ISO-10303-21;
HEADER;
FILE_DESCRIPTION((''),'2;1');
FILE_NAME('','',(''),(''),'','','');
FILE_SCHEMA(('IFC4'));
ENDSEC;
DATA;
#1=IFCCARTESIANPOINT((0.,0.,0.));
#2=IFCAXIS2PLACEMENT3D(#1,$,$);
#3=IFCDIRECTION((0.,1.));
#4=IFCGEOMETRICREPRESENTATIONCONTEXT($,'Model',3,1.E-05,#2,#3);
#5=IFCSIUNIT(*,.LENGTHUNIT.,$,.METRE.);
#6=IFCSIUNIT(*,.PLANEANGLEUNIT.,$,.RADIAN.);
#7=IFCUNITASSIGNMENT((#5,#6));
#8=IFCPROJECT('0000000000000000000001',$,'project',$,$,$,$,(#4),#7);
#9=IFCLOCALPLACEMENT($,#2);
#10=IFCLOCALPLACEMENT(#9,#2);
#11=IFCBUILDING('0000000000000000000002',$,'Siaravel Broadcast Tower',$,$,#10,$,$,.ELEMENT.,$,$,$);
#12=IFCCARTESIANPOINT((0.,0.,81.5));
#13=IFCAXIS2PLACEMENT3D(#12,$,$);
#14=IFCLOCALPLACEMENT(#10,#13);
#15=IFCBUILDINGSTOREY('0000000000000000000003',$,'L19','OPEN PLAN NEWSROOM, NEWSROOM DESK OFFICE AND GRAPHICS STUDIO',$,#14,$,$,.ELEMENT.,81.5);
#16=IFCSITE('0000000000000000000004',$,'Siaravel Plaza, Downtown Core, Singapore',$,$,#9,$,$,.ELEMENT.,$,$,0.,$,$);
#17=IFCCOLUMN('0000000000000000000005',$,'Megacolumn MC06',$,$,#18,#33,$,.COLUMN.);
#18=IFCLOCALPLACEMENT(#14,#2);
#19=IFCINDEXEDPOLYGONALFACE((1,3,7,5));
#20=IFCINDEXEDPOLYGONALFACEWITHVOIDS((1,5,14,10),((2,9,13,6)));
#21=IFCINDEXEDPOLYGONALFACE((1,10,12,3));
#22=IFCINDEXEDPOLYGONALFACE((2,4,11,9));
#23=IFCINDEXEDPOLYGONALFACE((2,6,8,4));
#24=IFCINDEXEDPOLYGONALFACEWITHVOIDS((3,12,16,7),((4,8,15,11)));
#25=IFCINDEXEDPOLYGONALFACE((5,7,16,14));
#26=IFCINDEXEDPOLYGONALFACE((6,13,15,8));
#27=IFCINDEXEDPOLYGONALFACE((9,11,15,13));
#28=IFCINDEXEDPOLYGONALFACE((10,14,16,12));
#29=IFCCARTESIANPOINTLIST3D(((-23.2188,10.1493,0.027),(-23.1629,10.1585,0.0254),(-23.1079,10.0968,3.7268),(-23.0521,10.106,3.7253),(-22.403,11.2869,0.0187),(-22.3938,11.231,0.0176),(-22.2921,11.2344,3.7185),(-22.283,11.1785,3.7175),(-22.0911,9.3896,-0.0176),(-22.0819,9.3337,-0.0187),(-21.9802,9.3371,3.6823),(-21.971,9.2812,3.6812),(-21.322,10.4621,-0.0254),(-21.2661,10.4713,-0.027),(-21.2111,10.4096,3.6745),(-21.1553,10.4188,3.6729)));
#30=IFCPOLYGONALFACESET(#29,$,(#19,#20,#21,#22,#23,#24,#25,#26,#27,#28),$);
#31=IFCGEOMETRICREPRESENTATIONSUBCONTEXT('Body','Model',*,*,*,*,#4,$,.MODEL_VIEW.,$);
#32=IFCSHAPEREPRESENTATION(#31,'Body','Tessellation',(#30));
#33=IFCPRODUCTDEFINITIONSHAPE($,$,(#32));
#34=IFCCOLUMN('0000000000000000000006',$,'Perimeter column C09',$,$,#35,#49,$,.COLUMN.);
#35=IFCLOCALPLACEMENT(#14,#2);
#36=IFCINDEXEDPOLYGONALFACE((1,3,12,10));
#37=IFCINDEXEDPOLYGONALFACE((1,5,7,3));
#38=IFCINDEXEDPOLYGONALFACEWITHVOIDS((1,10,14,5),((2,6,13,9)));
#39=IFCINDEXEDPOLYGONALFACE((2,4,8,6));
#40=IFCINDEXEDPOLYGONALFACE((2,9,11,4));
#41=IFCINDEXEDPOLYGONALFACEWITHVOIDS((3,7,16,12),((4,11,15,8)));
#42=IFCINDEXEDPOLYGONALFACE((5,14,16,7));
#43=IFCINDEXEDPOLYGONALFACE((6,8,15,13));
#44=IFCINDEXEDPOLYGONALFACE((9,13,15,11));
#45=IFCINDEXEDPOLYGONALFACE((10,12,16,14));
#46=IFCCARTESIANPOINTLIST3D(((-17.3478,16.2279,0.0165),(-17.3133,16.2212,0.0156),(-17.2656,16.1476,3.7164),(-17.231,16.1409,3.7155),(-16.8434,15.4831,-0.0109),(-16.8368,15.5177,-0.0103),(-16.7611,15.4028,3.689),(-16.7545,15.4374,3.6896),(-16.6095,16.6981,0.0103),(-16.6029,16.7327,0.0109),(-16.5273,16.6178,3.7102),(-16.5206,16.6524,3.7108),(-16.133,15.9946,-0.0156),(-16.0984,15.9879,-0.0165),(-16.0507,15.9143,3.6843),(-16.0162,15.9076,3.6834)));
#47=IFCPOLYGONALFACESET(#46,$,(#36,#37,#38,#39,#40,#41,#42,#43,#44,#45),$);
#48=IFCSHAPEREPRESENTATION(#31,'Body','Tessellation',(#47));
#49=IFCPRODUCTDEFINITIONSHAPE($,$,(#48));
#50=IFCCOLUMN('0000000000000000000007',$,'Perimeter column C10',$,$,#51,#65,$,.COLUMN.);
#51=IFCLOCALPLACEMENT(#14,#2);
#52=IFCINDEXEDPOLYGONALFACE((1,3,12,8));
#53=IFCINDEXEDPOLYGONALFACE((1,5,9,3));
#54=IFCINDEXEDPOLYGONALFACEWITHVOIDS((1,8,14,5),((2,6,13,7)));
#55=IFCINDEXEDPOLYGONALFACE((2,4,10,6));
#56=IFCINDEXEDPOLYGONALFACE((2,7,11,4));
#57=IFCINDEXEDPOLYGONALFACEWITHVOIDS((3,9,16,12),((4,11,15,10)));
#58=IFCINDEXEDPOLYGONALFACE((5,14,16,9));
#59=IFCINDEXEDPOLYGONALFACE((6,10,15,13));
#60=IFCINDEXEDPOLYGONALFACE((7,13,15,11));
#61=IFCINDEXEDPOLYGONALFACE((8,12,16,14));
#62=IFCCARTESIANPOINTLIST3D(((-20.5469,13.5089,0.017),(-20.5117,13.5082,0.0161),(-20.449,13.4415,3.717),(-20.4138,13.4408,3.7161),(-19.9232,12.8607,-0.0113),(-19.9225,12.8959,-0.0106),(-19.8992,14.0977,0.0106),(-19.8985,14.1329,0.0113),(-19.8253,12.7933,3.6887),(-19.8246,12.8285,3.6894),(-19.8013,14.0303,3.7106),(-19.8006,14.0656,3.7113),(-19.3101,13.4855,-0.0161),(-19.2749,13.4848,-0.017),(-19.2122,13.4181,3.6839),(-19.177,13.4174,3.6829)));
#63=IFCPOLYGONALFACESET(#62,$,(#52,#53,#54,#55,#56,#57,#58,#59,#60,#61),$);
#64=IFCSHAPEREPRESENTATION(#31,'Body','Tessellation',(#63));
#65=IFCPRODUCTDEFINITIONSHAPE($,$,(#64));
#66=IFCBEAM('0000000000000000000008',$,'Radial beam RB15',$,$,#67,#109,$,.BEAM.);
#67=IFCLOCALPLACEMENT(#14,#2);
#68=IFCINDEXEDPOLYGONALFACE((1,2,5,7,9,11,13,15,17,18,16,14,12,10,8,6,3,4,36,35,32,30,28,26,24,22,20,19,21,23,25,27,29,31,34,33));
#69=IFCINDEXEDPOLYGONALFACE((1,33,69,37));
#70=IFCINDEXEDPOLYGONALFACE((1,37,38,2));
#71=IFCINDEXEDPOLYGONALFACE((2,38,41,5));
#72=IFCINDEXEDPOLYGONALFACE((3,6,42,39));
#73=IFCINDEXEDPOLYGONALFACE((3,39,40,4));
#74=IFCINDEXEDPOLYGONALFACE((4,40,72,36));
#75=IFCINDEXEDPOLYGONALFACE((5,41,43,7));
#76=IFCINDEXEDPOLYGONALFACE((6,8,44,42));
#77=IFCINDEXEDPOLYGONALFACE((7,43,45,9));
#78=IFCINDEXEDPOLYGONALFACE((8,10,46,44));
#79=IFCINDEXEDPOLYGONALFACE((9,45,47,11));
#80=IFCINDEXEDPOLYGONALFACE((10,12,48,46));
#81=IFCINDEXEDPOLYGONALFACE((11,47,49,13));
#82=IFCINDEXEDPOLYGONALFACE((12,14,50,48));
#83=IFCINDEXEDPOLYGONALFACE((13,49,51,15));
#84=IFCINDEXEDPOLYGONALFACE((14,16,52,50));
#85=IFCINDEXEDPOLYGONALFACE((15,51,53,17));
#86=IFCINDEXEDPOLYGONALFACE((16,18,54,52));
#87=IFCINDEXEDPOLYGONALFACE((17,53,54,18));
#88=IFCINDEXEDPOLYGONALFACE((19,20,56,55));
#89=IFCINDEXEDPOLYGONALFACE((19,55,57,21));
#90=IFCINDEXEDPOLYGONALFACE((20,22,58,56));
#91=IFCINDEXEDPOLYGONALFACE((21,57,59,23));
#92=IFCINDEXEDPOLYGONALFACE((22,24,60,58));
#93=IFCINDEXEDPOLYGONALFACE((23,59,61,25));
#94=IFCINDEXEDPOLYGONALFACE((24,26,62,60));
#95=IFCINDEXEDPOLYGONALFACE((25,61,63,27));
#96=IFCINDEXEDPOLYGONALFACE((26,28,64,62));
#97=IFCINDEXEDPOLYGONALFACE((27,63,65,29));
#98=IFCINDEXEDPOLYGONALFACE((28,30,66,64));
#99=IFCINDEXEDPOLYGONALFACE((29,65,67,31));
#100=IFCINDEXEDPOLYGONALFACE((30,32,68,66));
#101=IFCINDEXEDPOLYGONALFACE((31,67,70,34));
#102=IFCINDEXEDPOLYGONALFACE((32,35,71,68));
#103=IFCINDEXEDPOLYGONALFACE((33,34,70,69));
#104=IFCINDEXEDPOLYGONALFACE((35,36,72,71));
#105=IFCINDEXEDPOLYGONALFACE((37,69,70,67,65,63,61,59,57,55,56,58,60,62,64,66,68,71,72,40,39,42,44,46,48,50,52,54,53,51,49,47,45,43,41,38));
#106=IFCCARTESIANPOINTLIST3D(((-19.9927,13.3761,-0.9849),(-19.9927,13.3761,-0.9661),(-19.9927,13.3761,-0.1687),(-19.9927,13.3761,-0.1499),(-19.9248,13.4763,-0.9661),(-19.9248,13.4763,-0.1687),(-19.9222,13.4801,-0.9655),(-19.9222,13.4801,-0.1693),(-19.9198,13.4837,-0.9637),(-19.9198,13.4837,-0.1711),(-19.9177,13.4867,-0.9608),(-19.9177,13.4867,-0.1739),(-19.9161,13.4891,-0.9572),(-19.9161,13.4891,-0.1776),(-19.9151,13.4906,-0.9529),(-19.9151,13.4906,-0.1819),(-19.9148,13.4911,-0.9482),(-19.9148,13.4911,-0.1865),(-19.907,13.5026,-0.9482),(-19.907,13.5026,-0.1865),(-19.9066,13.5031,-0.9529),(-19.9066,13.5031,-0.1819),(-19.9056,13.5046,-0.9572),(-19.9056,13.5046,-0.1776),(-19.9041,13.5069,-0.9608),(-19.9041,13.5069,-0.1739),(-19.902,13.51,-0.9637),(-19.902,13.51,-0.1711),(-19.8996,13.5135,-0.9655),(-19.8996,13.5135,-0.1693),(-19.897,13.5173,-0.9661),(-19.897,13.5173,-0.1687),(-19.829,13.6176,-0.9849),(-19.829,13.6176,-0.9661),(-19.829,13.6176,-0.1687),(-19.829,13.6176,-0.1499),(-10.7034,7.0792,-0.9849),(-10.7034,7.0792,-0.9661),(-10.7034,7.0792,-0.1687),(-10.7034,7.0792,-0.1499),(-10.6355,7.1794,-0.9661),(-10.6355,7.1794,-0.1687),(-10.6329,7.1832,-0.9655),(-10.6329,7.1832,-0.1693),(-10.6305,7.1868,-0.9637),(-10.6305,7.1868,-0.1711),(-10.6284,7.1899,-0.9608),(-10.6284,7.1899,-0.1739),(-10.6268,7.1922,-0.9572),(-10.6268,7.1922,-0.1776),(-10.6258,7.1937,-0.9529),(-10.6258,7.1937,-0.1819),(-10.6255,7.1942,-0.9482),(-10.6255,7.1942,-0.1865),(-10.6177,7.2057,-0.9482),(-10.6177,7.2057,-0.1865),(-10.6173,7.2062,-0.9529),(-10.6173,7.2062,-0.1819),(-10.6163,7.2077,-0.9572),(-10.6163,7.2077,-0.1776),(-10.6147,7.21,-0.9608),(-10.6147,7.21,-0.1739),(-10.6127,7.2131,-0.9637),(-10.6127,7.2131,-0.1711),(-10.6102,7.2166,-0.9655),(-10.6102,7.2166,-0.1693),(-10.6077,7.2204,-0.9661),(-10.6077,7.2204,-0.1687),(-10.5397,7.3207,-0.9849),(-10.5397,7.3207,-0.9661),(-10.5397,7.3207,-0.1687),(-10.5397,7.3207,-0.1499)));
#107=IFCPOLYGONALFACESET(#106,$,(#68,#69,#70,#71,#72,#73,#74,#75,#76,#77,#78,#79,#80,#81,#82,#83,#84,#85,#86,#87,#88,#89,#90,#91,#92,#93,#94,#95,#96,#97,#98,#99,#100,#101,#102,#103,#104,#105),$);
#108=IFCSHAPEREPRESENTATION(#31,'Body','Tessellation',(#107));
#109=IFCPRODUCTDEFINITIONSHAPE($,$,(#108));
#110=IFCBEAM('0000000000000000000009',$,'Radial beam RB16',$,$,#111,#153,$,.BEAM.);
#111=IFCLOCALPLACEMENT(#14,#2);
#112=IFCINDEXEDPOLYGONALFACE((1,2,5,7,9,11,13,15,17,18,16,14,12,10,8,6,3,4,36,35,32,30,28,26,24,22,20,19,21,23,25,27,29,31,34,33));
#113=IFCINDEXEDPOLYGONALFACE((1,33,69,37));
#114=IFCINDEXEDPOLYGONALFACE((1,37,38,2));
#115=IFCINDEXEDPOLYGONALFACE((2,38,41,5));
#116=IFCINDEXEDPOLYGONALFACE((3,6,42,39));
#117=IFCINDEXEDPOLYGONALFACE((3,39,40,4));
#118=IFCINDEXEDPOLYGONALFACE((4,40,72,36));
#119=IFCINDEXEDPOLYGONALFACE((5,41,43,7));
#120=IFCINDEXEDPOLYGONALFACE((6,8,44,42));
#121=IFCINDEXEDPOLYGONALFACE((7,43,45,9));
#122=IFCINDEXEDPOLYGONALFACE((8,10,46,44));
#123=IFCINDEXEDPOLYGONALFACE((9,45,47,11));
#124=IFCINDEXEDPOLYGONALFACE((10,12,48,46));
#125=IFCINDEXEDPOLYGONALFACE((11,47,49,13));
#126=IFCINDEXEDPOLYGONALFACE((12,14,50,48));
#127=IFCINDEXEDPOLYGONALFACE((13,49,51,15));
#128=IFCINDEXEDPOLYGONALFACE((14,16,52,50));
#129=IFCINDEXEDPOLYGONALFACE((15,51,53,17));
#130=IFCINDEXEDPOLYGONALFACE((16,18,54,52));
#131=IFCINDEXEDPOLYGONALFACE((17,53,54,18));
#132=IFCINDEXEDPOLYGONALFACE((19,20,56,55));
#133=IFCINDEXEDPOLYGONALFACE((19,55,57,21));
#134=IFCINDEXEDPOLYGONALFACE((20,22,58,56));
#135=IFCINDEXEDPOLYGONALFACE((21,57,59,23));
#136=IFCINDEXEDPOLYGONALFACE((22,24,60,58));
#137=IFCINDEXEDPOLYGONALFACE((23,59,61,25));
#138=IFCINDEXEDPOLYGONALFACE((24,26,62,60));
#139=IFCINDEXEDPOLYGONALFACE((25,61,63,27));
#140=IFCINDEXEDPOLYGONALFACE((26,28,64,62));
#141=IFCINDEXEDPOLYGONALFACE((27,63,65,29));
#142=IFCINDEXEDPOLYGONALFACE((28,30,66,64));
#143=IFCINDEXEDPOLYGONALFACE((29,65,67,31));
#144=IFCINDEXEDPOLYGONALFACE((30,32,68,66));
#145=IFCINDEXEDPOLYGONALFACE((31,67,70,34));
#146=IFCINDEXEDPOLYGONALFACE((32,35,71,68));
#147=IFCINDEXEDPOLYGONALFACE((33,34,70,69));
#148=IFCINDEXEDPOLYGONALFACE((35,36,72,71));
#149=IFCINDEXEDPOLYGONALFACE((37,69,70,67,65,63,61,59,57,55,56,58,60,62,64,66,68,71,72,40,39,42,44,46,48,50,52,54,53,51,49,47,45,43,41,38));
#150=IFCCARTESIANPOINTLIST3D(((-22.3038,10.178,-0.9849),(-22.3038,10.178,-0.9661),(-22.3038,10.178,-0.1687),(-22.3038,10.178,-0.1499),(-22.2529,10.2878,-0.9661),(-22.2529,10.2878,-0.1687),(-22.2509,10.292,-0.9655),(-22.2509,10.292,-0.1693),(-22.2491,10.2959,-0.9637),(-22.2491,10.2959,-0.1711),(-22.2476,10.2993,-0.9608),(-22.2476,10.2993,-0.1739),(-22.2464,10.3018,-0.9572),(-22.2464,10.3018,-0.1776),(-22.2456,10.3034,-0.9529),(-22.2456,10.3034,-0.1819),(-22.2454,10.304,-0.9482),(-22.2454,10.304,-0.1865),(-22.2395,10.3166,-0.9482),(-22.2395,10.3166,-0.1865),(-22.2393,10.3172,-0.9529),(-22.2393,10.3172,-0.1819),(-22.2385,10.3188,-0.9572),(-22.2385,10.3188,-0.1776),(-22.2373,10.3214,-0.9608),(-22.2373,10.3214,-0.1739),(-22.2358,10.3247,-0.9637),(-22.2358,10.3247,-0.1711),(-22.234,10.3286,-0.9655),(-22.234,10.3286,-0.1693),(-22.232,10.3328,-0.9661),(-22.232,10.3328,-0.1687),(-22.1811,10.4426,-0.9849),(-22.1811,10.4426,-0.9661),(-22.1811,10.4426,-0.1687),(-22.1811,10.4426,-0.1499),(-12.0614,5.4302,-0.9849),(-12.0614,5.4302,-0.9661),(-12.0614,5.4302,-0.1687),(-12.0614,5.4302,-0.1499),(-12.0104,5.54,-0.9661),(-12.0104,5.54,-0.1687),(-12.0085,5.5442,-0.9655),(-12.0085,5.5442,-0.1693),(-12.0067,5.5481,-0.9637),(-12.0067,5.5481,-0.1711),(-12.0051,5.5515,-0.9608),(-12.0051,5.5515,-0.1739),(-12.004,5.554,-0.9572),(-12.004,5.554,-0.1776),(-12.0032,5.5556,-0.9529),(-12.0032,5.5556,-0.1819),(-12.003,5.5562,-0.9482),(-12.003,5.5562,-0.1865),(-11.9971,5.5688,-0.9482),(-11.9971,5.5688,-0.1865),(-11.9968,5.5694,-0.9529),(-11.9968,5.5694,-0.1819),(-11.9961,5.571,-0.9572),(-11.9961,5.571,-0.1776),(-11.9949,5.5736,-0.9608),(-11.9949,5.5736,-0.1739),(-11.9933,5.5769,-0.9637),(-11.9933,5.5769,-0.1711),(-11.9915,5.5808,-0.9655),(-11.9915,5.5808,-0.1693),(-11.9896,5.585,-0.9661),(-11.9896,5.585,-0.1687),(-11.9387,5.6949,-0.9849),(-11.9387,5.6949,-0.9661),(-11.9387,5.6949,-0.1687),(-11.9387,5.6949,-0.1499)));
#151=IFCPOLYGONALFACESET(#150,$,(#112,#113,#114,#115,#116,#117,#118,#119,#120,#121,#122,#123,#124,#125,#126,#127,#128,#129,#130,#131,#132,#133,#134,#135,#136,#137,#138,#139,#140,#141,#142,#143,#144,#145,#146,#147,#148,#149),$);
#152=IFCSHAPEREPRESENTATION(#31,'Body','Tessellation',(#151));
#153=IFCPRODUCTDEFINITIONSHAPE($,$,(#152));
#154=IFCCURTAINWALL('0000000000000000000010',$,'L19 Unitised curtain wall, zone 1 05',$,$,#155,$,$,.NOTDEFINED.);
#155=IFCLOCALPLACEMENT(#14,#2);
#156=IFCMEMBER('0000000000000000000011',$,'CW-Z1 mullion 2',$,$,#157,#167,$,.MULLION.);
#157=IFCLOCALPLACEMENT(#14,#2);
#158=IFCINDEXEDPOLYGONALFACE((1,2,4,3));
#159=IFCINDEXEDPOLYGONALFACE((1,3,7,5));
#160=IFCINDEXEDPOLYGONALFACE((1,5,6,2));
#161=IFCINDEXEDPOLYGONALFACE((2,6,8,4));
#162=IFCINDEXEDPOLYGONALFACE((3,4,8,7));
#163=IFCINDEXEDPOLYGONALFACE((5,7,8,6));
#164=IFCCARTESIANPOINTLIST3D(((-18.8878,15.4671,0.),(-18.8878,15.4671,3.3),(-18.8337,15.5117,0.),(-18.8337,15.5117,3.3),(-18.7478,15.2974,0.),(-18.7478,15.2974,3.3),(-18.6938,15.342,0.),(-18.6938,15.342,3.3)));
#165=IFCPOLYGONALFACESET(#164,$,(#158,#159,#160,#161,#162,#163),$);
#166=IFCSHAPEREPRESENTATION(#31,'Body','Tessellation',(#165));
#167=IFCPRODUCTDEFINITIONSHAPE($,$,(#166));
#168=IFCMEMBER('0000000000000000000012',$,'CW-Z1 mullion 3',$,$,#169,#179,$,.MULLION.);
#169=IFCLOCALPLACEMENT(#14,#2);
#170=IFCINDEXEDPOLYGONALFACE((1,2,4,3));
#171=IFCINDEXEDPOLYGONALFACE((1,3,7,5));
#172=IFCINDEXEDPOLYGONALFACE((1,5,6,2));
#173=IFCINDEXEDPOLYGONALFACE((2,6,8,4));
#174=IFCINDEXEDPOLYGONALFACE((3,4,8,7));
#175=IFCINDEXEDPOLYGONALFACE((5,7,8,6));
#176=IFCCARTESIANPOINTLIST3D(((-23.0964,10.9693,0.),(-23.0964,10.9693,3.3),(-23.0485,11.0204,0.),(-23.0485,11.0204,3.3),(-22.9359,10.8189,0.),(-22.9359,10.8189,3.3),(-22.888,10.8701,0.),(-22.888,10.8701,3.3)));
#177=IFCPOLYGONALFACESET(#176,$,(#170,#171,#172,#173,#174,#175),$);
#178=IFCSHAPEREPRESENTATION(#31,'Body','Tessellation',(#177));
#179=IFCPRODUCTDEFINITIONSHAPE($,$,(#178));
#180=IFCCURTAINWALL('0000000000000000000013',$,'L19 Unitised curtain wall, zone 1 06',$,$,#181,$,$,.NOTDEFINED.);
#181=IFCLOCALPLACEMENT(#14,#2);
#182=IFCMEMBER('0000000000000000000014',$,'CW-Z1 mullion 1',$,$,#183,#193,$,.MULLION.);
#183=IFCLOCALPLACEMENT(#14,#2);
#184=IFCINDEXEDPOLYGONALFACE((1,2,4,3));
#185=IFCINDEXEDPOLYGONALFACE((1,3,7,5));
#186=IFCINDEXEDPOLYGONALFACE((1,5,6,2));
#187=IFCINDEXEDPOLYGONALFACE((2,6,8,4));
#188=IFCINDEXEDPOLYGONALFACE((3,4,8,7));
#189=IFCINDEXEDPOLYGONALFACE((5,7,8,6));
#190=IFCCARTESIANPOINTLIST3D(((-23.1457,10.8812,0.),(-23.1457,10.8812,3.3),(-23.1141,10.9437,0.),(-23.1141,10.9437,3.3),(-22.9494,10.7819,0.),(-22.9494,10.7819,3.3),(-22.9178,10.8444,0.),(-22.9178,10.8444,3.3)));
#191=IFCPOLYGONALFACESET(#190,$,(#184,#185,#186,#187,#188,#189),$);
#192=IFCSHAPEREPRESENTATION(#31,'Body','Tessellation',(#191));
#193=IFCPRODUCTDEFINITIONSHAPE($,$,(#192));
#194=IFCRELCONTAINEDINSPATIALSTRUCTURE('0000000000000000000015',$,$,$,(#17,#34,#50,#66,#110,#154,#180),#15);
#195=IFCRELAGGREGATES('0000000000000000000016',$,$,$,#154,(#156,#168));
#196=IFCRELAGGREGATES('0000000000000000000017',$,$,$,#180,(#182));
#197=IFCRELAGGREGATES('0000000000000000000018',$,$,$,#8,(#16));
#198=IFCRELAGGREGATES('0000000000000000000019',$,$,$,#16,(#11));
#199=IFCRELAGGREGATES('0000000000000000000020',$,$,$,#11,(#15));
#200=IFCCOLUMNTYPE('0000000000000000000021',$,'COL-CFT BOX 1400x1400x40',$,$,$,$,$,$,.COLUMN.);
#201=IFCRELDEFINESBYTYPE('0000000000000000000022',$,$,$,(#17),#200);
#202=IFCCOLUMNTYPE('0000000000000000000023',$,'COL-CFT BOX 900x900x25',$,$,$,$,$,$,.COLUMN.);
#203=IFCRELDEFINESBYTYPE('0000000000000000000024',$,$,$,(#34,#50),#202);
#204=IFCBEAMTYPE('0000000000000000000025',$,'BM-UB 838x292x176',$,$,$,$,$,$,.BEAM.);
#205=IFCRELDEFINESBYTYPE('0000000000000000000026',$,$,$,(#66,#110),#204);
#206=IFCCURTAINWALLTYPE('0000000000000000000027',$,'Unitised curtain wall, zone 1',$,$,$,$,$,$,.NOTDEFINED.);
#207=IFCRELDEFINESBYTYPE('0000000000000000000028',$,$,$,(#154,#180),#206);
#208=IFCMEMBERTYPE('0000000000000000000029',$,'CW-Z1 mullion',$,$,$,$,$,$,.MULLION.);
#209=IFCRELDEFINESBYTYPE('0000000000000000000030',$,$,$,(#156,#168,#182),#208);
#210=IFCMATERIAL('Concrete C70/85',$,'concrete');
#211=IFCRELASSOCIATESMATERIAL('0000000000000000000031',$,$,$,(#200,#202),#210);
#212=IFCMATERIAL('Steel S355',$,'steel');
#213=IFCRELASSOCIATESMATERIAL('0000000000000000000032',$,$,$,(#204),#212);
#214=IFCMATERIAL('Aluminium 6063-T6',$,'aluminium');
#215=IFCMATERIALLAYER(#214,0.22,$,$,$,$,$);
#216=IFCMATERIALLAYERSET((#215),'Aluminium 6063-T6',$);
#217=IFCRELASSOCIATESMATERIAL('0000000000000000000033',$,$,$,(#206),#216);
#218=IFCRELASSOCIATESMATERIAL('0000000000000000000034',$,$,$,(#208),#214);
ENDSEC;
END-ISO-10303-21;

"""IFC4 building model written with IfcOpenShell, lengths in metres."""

from ifc_helpers import new_model, si_unit, direction, frame, origin, origin_2d, place, context, subcontext, project, spatial, rectangle, hollow_rectangle, i_section, extrude, material, layer, layer_set, material_profile, profile_set, type_object, element, aggregate, save


model = new_model("IFC4")

# Units and contexts
model_context = context("Model", 3, precision=1e-05, world=origin(), true_north=direction((0.0, 1.0)))
body_context = subcontext(model_context, "Body", "Model", "MODEL_VIEW")
ifc_project = project(units=[si_unit("LENGTHUNIT", "METRE"), si_unit("PLANEANGLEUNIT", "RADIAN")], contexts=[model_context])

# Site, building, storey
site_placement = place(None, origin())
site = spatial("IfcSite", under=ifc_project, at=site_placement, Name="Siaravel Plaza, Downtown Core, Singapore", CompositionType="ELEMENT", RefElevation=0.0)
building_placement = place(site_placement, origin())
building = spatial("IfcBuilding", under=site, at=building_placement, Name="Siaravel Broadcast Tower", CompositionType="ELEMENT")
storey_placement = place(building_placement, frame((0.0, 0.0, 81.5)))
storey = spatial("IfcBuildingStorey", under=building, at=storey_placement, Name="L19", Description="OPEN PLAN NEWSROOM, NEWSROOM DESK OFFICE AND GRAPHICS STUDIO", CompositionType="ELEMENT", Elevation=81.5)

# Columns
ifc_material_1 = material(Name="Concrete C70/85", Category="concrete")
ifc_material_profile_1 = material_profile(ifc_material_1, hollow_rectangle(XDim=1.3999, YDim=1.3999, WallThickness=0.04, at=origin_2d()))
ifc_profile_set_1 = profile_set([ifc_material_profile_1], Name="Concrete C70/85")
column_type_1 = type_object("IfcColumnType", Name="COL-CFT BOX 1400x1400x40", PredefinedType="COLUMN", material=ifc_profile_set_1)
column_1_placement = place(storey_placement, frame((-22.2424, 10.3103, 0.0), z_axis=(0.029941, -0.014179, 0.999451), x_axis=(0.58274, 0.812637, -0.005929)))
element("IfcColumn", 1, at=column_1_placement, inside=storey, type_object=column_type_1, Name="Megacolumn MC06", PredefinedType="COLUMN", context=body_context, shape_type="SweptSolid", body=[
    extrude(hollow_rectangle(XDim=1.3999, YDim=1.3999, WallThickness=0.04, at=origin_2d()), origin(), (0.0, 0.0, 1.0), 3.7019),
])
ifc_material_profile_2 = material_profile(ifc_material_1, hollow_rectangle(XDim=0.8999, YDim=0.8999, WallThickness=0.0249, at=origin_2d()))
ifc_profile_set_2 = profile_set([ifc_material_profile_2], Name="Concrete C70/85")
column_type_2 = type_object("IfcColumnType", Name="COL-CFT BOX 900x900x25", PredefinedType="COLUMN", material=ifc_profile_set_2)
column_2_placement = place(storey_placement, frame((-16.7231, 16.1079, 0.0), z_axis=(0.022226, -0.021699, 0.999517), x_axis=(0.827832, 0.560941, -0.006231)))
element("IfcColumn", 2, at=column_2_placement, inside=storey, type_object=column_type_2, Name="Perimeter column C09", PredefinedType="COLUMN", context=body_context, shape_type="SweptSolid", body=[
    extrude(hollow_rectangle(XDim=0.8999, YDim=0.8999, WallThickness=0.0249, at=origin_2d()), origin(), (0.0, 0.0, 1.0), 3.7017),
])
column_3_placement = place(storey_placement, frame((-19.9109, 13.4968, 0.0), z_axis=(0.026446, -0.018202, 0.999484), x_axis=(0.72044, 0.693488, -0.006433)))
element("IfcColumn", 3, at=column_3_placement, inside=storey, type_object=column_type_2, Name="Perimeter column C10", PredefinedType="COLUMN", context=body_context, shape_type="SweptSolid", body=[
    extrude(hollow_rectangle(XDim=0.8999, YDim=0.8999, WallThickness=0.0249, at=origin_2d()), origin(), (0.0, 0.0, 1.0), 3.7019),
])

# Beams
ifc_material_2 = material(Name="Steel S355", Category="steel")
ifc_material_profile_3 = material_profile(ifc_material_2, i_section(OverallWidth=0.2917, OverallDepth=0.835, WebThickness=0.0139, FlangeThickness=0.0188, FilletRadius=0.0178, at=origin_2d()))
ifc_profile_set_3 = profile_set([ifc_material_profile_3], Name="Steel S355")
beam_type = type_object("IfcBeamType", Name="BM-UB 838x292x176", PredefinedType="BEAM", material=ifc_profile_set_3)
beam_1_placement = place(storey_placement, frame((-19.9109, 13.4968, -0.5674), z_axis=(0.827748, -0.5611, 0.0), x_axis=(0.5611, 0.827748, 0.0)))
element("IfcBeam", 4, at=beam_1_placement, inside=storey, type_object=beam_type, Name="Radial beam RB15", PredefinedType="BEAM", context=body_context, shape_type="SweptSolid", body=[
    extrude(i_section(OverallWidth=0.2917, OverallDepth=0.835, WebThickness=0.0139, FlangeThickness=0.0188, FilletRadius=0.0178, at=origin_2d()), origin(), (0.0, 0.0, 1.0), 11.2224),
])
beam_2_placement = place(storey_placement, frame((-22.2424, 10.3103, -0.5674), z_axis=(0.907266, -0.420557, 0.0), x_axis=(0.420557, 0.907266, 0.0)))
element("IfcBeam", 5, at=beam_2_placement, inside=storey, type_object=beam_type, Name="Radial beam RB16", PredefinedType="BEAM", context=body_context, shape_type="SweptSolid", body=[
    extrude(i_section(OverallWidth=0.2917, OverallDepth=0.835, WebThickness=0.0139, FlangeThickness=0.0188, FilletRadius=0.0178, at=origin_2d()), origin(), (0.0, 0.0, 1.0), 11.2893),
])

# Curtain wall, members
ifc_material_3 = material(Name="Aluminium 6063-T6", Category="aluminium")
ifc_layer_1 = layer(ifc_material_3, 0.22)
ifc_layer_set_1 = layer_set([ifc_layer_1], Name="Aluminium 6063-T6")
curtain_wall_type = type_object("IfcCurtainWallType", Name="Unitised curtain wall, zone 1", PredefinedType="NOTDEFINED", material=ifc_layer_set_1)
curtain_wall_1_placement = place(storey_placement, origin())
curtain_wall_1 = element("IfcCurtainWall", 6, at=curtain_wall_1_placement, inside=storey, type_object=curtain_wall_type, Name="L19 Unitised curtain wall, zone 1 05", PredefinedType="NOTDEFINED")
ifc_material_profile_4 = material_profile(ifc_material_3, rectangle(XDim=0.22, YDim=0.0701, at=origin_2d()))
ifc_profile_set_4 = profile_set([ifc_material_profile_4], Name="Aluminium 6063-T6")
member_type_1 = type_object("IfcMemberType", Name="CW-Z1 mullion", PredefinedType="MULLION", material=ifc_profile_set_4)
member_1_placement = place(storey_placement, frame((-18.7908, 15.4045, 0.0), z_axis=(0.0, 0.0, 1.0), x_axis=(0.636219, -0.771508, 0.0)))
member_1 = element("IfcMember", 7, at=member_1_placement, type_object=member_type_1, Name="CW-Z1 mullion 2", PredefinedType="MULLION", context=body_context, shape_type="SweptSolid", body=[
    extrude(rectangle(XDim=0.22, YDim=0.0701, at=origin_2d()), origin(), (0.0, 0.0, 1.0), 3.3),
])
member_2_placement = place(storey_placement, frame((-22.9922, 10.9197, 0.0), z_axis=(0.0, 0.0, 1.0), x_axis=(0.729806, -0.683655, 0.0)))
member_2 = element("IfcMember", 8, at=member_2_placement, type_object=member_type_1, Name="CW-Z1 mullion 3", PredefinedType="MULLION", context=body_context, shape_type="SweptSolid", body=[
    extrude(rectangle(XDim=0.22, YDim=0.0701, at=origin_2d()), origin(), (0.0, 0.0, 1.0), 3.3),
])

# Curtain wall, member
curtain_wall_2_placement = place(storey_placement, origin())
curtain_wall_2 = element("IfcCurtainWall", 9, at=curtain_wall_2_placement, inside=storey, type_object=curtain_wall_type, Name="L19 Unitised curtain wall, zone 1 06", PredefinedType="NOTDEFINED")
member_3_placement = place(storey_placement, frame((-23.0317, 10.8628, 0.0), z_axis=(0.0, 0.0, 1.0), x_axis=(0.892392, -0.451261, 0.0)))
member_3 = element("IfcMember", 10, at=member_3_placement, type_object=member_type_1, Name="CW-Z1 mullion 1", PredefinedType="MULLION", context=body_context, shape_type="SweptSolid", body=[
    extrude(rectangle(XDim=0.22, YDim=0.0701, at=origin_2d()), origin(), (0.0, 0.0, 1.0), 3.3),
])

aggregate(curtain_wall_1, [member_1, member_2])
aggregate(curtain_wall_2, [member_3])

save(model, "model.ifc")
